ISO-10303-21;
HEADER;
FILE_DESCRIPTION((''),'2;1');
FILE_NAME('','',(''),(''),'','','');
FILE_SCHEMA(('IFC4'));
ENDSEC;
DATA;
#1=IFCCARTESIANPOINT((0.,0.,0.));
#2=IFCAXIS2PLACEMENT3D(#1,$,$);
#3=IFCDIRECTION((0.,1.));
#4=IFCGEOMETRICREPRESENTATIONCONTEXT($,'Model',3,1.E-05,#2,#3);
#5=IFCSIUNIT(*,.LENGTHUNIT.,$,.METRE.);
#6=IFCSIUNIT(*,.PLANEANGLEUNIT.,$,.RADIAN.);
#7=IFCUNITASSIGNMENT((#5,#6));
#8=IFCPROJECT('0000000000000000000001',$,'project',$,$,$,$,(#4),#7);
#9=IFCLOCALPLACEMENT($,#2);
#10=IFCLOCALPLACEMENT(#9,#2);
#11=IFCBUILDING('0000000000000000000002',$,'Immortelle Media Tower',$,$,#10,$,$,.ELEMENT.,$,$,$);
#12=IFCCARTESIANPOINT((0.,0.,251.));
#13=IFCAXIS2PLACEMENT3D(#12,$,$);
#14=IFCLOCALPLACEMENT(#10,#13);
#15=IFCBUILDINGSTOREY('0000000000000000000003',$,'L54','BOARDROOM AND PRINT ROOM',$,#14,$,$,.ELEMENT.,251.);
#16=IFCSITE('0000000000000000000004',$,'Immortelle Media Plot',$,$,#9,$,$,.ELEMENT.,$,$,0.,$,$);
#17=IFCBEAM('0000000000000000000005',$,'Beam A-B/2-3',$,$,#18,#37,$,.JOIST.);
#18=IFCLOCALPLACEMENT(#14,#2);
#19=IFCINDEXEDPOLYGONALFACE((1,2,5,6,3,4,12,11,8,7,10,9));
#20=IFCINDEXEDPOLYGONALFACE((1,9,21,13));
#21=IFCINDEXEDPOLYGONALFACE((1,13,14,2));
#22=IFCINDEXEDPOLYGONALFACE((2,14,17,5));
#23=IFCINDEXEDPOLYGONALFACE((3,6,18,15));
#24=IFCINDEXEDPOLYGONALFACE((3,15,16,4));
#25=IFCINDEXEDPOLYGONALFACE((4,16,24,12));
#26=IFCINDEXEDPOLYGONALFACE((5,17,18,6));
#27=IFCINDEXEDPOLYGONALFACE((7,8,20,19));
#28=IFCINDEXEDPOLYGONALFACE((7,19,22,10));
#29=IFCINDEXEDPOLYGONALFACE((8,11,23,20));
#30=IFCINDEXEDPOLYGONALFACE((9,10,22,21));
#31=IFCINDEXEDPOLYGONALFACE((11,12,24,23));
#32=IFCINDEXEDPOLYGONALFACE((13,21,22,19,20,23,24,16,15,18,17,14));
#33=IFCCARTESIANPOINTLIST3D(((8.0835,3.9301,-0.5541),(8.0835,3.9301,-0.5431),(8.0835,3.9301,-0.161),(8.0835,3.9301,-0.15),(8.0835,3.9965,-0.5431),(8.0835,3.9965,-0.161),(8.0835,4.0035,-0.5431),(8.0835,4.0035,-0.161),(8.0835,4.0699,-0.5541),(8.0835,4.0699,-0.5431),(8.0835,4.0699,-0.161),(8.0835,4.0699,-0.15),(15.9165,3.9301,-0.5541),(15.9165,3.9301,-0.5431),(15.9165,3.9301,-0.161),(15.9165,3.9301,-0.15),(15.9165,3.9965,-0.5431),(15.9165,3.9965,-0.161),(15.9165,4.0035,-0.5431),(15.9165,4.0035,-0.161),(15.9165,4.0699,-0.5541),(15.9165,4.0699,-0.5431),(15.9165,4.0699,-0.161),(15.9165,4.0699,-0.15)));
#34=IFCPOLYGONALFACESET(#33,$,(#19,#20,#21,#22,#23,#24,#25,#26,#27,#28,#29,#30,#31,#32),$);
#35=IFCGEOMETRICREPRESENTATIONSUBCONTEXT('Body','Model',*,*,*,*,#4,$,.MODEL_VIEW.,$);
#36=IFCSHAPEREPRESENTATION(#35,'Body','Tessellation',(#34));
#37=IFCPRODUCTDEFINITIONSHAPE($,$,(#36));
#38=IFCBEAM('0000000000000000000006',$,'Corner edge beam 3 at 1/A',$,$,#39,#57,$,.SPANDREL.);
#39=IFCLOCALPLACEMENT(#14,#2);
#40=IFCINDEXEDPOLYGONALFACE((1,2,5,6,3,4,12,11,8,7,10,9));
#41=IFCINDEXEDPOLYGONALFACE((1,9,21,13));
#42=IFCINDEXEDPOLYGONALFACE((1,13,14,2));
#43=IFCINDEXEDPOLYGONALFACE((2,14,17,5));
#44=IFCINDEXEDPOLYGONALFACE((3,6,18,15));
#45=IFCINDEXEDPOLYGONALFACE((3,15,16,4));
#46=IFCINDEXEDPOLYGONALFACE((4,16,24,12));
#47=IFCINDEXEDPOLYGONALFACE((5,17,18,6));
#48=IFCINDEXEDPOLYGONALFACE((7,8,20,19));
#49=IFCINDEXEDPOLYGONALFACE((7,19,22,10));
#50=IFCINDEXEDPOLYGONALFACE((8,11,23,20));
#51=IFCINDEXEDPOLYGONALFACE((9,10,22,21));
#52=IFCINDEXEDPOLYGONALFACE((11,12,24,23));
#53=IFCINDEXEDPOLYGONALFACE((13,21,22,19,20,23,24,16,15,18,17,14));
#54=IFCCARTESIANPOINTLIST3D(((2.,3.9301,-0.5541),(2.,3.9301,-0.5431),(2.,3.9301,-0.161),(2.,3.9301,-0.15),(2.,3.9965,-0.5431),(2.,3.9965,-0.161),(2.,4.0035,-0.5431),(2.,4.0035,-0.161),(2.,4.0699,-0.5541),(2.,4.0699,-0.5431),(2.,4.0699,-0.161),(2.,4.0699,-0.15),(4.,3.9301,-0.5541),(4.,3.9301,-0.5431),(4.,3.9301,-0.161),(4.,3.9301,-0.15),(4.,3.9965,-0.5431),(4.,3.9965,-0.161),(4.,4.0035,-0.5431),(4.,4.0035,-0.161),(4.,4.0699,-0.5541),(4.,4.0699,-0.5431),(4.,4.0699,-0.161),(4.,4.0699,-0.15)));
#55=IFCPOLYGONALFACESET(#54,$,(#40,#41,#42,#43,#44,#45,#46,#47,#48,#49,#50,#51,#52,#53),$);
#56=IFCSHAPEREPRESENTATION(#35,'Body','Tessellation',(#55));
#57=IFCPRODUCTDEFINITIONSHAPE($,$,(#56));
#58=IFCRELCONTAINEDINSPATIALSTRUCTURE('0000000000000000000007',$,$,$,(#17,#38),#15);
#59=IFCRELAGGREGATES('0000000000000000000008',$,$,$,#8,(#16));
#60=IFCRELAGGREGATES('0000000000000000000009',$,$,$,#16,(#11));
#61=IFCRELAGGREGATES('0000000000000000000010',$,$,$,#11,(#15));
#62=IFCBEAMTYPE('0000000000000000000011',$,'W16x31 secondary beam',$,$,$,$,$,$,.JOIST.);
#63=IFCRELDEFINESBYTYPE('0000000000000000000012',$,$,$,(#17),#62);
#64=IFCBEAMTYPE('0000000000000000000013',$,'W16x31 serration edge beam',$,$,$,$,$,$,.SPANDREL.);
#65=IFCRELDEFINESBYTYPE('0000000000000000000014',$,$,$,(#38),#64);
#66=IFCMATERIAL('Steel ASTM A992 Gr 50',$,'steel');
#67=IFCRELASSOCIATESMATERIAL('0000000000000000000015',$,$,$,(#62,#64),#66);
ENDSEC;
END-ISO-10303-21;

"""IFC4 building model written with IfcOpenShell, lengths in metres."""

from ifc_helpers import new_model, si_unit, direction, frame, origin, origin_2d, place, context, subcontext, project, spatial, i_section, extrude, material, material_profile, profile_set, type_object, element, save


model = new_model("IFC4")

# Units and contexts
model_context = context("Model", 3, precision=1e-05, world=origin(), true_north=direction((0.0, 1.0)))
body_context = subcontext(model_context, "Body", "Model", "MODEL_VIEW")
ifc_project = project(units=[si_unit("LENGTHUNIT", "METRE"), si_unit("PLANEANGLEUNIT", "RADIAN")], contexts=[model_context])

# Site, building, storey
site_placement = place(None, origin())
site = spatial("IfcSite", under=ifc_project, at=site_placement, Name="Immortelle Media Plot", CompositionType="ELEMENT", RefElevation=0.0)
building_placement = place(site_placement, origin())
building = spatial("IfcBuilding", under=site, at=building_placement, Name="Immortelle Media Tower", CompositionType="ELEMENT")
storey_placement = place(building_placement, frame((0.0, 0.0, 251.0)))
storey = spatial("IfcBuildingStorey", under=building, at=storey_placement, Name="L54", Description="BOARDROOM AND PRINT ROOM", CompositionType="ELEMENT", Elevation=251.0)

# Beams
ifc_material_1 = material(Name="Steel ASTM A992 Gr 50", Category="steel")
ifc_material_profile_1 = material_profile(ifc_material_1, i_section(OverallWidth=0.1399, OverallDepth=0.4041, WebThickness=0.0071, FlangeThickness=0.011, at=origin_2d()), Name="W16x31")
ifc_profile_set_1 = profile_set([ifc_material_profile_1], Name="Steel ASTM A992 Gr 50")
beam_type_1 = type_object("IfcBeamType", Name="W16x31 secondary beam", PredefinedType="JOIST", material=ifc_profile_set_1)
beam_1_placement = place(storey_placement, frame((8.0835, 4.0, -0.3521), z_axis=(1.0, 0.0, 0.0), x_axis=(0.0, 1.0, 0.0)))
element("IfcBeam", 1, at=beam_1_placement, inside=storey, type_object=beam_type_1, Name="Beam A-B/2-3", PredefinedType="JOIST", context=body_context, shape_type="SweptSolid", body=[
    extrude(i_section(OverallWidth=0.1399, OverallDepth=0.4041, WebThickness=0.0071, FlangeThickness=0.011, at=origin_2d()), origin(), (0.0, 0.0, 1.0), 7.833),
])
ifc_material_profile_2 = material_profile(ifc_material_1, i_section(OverallWidth=0.1399, OverallDepth=0.4041, WebThickness=0.0071, FlangeThickness=0.011, at=origin_2d()), Name="W16x31")
ifc_profile_set_2 = profile_set([ifc_material_profile_2], Name="Steel ASTM A992 Gr 50")
beam_type_2 = type_object("IfcBeamType", Name="W16x31 serration edge beam", PredefinedType="SPANDREL", material=ifc_profile_set_2)
beam_2_placement = place(storey_placement, frame((4.0, 4.0, -0.3521), z_axis=(-1.0, 0.0, 0.0), x_axis=(0.0, -1.0, 0.0)))
element("IfcBeam", 2, at=beam_2_placement, inside=storey, type_object=beam_type_2, Name="Corner edge beam 3 at 1/A", PredefinedType="SPANDREL", context=body_context, shape_type="SweptSolid", body=[
    extrude(i_section(OverallWidth=0.1399, OverallDepth=0.4041, WebThickness=0.0071, FlangeThickness=0.011, at=origin_2d()), origin(), (0.0, 0.0, 1.0), 2.0),
])

save(model, "model.ifc")
